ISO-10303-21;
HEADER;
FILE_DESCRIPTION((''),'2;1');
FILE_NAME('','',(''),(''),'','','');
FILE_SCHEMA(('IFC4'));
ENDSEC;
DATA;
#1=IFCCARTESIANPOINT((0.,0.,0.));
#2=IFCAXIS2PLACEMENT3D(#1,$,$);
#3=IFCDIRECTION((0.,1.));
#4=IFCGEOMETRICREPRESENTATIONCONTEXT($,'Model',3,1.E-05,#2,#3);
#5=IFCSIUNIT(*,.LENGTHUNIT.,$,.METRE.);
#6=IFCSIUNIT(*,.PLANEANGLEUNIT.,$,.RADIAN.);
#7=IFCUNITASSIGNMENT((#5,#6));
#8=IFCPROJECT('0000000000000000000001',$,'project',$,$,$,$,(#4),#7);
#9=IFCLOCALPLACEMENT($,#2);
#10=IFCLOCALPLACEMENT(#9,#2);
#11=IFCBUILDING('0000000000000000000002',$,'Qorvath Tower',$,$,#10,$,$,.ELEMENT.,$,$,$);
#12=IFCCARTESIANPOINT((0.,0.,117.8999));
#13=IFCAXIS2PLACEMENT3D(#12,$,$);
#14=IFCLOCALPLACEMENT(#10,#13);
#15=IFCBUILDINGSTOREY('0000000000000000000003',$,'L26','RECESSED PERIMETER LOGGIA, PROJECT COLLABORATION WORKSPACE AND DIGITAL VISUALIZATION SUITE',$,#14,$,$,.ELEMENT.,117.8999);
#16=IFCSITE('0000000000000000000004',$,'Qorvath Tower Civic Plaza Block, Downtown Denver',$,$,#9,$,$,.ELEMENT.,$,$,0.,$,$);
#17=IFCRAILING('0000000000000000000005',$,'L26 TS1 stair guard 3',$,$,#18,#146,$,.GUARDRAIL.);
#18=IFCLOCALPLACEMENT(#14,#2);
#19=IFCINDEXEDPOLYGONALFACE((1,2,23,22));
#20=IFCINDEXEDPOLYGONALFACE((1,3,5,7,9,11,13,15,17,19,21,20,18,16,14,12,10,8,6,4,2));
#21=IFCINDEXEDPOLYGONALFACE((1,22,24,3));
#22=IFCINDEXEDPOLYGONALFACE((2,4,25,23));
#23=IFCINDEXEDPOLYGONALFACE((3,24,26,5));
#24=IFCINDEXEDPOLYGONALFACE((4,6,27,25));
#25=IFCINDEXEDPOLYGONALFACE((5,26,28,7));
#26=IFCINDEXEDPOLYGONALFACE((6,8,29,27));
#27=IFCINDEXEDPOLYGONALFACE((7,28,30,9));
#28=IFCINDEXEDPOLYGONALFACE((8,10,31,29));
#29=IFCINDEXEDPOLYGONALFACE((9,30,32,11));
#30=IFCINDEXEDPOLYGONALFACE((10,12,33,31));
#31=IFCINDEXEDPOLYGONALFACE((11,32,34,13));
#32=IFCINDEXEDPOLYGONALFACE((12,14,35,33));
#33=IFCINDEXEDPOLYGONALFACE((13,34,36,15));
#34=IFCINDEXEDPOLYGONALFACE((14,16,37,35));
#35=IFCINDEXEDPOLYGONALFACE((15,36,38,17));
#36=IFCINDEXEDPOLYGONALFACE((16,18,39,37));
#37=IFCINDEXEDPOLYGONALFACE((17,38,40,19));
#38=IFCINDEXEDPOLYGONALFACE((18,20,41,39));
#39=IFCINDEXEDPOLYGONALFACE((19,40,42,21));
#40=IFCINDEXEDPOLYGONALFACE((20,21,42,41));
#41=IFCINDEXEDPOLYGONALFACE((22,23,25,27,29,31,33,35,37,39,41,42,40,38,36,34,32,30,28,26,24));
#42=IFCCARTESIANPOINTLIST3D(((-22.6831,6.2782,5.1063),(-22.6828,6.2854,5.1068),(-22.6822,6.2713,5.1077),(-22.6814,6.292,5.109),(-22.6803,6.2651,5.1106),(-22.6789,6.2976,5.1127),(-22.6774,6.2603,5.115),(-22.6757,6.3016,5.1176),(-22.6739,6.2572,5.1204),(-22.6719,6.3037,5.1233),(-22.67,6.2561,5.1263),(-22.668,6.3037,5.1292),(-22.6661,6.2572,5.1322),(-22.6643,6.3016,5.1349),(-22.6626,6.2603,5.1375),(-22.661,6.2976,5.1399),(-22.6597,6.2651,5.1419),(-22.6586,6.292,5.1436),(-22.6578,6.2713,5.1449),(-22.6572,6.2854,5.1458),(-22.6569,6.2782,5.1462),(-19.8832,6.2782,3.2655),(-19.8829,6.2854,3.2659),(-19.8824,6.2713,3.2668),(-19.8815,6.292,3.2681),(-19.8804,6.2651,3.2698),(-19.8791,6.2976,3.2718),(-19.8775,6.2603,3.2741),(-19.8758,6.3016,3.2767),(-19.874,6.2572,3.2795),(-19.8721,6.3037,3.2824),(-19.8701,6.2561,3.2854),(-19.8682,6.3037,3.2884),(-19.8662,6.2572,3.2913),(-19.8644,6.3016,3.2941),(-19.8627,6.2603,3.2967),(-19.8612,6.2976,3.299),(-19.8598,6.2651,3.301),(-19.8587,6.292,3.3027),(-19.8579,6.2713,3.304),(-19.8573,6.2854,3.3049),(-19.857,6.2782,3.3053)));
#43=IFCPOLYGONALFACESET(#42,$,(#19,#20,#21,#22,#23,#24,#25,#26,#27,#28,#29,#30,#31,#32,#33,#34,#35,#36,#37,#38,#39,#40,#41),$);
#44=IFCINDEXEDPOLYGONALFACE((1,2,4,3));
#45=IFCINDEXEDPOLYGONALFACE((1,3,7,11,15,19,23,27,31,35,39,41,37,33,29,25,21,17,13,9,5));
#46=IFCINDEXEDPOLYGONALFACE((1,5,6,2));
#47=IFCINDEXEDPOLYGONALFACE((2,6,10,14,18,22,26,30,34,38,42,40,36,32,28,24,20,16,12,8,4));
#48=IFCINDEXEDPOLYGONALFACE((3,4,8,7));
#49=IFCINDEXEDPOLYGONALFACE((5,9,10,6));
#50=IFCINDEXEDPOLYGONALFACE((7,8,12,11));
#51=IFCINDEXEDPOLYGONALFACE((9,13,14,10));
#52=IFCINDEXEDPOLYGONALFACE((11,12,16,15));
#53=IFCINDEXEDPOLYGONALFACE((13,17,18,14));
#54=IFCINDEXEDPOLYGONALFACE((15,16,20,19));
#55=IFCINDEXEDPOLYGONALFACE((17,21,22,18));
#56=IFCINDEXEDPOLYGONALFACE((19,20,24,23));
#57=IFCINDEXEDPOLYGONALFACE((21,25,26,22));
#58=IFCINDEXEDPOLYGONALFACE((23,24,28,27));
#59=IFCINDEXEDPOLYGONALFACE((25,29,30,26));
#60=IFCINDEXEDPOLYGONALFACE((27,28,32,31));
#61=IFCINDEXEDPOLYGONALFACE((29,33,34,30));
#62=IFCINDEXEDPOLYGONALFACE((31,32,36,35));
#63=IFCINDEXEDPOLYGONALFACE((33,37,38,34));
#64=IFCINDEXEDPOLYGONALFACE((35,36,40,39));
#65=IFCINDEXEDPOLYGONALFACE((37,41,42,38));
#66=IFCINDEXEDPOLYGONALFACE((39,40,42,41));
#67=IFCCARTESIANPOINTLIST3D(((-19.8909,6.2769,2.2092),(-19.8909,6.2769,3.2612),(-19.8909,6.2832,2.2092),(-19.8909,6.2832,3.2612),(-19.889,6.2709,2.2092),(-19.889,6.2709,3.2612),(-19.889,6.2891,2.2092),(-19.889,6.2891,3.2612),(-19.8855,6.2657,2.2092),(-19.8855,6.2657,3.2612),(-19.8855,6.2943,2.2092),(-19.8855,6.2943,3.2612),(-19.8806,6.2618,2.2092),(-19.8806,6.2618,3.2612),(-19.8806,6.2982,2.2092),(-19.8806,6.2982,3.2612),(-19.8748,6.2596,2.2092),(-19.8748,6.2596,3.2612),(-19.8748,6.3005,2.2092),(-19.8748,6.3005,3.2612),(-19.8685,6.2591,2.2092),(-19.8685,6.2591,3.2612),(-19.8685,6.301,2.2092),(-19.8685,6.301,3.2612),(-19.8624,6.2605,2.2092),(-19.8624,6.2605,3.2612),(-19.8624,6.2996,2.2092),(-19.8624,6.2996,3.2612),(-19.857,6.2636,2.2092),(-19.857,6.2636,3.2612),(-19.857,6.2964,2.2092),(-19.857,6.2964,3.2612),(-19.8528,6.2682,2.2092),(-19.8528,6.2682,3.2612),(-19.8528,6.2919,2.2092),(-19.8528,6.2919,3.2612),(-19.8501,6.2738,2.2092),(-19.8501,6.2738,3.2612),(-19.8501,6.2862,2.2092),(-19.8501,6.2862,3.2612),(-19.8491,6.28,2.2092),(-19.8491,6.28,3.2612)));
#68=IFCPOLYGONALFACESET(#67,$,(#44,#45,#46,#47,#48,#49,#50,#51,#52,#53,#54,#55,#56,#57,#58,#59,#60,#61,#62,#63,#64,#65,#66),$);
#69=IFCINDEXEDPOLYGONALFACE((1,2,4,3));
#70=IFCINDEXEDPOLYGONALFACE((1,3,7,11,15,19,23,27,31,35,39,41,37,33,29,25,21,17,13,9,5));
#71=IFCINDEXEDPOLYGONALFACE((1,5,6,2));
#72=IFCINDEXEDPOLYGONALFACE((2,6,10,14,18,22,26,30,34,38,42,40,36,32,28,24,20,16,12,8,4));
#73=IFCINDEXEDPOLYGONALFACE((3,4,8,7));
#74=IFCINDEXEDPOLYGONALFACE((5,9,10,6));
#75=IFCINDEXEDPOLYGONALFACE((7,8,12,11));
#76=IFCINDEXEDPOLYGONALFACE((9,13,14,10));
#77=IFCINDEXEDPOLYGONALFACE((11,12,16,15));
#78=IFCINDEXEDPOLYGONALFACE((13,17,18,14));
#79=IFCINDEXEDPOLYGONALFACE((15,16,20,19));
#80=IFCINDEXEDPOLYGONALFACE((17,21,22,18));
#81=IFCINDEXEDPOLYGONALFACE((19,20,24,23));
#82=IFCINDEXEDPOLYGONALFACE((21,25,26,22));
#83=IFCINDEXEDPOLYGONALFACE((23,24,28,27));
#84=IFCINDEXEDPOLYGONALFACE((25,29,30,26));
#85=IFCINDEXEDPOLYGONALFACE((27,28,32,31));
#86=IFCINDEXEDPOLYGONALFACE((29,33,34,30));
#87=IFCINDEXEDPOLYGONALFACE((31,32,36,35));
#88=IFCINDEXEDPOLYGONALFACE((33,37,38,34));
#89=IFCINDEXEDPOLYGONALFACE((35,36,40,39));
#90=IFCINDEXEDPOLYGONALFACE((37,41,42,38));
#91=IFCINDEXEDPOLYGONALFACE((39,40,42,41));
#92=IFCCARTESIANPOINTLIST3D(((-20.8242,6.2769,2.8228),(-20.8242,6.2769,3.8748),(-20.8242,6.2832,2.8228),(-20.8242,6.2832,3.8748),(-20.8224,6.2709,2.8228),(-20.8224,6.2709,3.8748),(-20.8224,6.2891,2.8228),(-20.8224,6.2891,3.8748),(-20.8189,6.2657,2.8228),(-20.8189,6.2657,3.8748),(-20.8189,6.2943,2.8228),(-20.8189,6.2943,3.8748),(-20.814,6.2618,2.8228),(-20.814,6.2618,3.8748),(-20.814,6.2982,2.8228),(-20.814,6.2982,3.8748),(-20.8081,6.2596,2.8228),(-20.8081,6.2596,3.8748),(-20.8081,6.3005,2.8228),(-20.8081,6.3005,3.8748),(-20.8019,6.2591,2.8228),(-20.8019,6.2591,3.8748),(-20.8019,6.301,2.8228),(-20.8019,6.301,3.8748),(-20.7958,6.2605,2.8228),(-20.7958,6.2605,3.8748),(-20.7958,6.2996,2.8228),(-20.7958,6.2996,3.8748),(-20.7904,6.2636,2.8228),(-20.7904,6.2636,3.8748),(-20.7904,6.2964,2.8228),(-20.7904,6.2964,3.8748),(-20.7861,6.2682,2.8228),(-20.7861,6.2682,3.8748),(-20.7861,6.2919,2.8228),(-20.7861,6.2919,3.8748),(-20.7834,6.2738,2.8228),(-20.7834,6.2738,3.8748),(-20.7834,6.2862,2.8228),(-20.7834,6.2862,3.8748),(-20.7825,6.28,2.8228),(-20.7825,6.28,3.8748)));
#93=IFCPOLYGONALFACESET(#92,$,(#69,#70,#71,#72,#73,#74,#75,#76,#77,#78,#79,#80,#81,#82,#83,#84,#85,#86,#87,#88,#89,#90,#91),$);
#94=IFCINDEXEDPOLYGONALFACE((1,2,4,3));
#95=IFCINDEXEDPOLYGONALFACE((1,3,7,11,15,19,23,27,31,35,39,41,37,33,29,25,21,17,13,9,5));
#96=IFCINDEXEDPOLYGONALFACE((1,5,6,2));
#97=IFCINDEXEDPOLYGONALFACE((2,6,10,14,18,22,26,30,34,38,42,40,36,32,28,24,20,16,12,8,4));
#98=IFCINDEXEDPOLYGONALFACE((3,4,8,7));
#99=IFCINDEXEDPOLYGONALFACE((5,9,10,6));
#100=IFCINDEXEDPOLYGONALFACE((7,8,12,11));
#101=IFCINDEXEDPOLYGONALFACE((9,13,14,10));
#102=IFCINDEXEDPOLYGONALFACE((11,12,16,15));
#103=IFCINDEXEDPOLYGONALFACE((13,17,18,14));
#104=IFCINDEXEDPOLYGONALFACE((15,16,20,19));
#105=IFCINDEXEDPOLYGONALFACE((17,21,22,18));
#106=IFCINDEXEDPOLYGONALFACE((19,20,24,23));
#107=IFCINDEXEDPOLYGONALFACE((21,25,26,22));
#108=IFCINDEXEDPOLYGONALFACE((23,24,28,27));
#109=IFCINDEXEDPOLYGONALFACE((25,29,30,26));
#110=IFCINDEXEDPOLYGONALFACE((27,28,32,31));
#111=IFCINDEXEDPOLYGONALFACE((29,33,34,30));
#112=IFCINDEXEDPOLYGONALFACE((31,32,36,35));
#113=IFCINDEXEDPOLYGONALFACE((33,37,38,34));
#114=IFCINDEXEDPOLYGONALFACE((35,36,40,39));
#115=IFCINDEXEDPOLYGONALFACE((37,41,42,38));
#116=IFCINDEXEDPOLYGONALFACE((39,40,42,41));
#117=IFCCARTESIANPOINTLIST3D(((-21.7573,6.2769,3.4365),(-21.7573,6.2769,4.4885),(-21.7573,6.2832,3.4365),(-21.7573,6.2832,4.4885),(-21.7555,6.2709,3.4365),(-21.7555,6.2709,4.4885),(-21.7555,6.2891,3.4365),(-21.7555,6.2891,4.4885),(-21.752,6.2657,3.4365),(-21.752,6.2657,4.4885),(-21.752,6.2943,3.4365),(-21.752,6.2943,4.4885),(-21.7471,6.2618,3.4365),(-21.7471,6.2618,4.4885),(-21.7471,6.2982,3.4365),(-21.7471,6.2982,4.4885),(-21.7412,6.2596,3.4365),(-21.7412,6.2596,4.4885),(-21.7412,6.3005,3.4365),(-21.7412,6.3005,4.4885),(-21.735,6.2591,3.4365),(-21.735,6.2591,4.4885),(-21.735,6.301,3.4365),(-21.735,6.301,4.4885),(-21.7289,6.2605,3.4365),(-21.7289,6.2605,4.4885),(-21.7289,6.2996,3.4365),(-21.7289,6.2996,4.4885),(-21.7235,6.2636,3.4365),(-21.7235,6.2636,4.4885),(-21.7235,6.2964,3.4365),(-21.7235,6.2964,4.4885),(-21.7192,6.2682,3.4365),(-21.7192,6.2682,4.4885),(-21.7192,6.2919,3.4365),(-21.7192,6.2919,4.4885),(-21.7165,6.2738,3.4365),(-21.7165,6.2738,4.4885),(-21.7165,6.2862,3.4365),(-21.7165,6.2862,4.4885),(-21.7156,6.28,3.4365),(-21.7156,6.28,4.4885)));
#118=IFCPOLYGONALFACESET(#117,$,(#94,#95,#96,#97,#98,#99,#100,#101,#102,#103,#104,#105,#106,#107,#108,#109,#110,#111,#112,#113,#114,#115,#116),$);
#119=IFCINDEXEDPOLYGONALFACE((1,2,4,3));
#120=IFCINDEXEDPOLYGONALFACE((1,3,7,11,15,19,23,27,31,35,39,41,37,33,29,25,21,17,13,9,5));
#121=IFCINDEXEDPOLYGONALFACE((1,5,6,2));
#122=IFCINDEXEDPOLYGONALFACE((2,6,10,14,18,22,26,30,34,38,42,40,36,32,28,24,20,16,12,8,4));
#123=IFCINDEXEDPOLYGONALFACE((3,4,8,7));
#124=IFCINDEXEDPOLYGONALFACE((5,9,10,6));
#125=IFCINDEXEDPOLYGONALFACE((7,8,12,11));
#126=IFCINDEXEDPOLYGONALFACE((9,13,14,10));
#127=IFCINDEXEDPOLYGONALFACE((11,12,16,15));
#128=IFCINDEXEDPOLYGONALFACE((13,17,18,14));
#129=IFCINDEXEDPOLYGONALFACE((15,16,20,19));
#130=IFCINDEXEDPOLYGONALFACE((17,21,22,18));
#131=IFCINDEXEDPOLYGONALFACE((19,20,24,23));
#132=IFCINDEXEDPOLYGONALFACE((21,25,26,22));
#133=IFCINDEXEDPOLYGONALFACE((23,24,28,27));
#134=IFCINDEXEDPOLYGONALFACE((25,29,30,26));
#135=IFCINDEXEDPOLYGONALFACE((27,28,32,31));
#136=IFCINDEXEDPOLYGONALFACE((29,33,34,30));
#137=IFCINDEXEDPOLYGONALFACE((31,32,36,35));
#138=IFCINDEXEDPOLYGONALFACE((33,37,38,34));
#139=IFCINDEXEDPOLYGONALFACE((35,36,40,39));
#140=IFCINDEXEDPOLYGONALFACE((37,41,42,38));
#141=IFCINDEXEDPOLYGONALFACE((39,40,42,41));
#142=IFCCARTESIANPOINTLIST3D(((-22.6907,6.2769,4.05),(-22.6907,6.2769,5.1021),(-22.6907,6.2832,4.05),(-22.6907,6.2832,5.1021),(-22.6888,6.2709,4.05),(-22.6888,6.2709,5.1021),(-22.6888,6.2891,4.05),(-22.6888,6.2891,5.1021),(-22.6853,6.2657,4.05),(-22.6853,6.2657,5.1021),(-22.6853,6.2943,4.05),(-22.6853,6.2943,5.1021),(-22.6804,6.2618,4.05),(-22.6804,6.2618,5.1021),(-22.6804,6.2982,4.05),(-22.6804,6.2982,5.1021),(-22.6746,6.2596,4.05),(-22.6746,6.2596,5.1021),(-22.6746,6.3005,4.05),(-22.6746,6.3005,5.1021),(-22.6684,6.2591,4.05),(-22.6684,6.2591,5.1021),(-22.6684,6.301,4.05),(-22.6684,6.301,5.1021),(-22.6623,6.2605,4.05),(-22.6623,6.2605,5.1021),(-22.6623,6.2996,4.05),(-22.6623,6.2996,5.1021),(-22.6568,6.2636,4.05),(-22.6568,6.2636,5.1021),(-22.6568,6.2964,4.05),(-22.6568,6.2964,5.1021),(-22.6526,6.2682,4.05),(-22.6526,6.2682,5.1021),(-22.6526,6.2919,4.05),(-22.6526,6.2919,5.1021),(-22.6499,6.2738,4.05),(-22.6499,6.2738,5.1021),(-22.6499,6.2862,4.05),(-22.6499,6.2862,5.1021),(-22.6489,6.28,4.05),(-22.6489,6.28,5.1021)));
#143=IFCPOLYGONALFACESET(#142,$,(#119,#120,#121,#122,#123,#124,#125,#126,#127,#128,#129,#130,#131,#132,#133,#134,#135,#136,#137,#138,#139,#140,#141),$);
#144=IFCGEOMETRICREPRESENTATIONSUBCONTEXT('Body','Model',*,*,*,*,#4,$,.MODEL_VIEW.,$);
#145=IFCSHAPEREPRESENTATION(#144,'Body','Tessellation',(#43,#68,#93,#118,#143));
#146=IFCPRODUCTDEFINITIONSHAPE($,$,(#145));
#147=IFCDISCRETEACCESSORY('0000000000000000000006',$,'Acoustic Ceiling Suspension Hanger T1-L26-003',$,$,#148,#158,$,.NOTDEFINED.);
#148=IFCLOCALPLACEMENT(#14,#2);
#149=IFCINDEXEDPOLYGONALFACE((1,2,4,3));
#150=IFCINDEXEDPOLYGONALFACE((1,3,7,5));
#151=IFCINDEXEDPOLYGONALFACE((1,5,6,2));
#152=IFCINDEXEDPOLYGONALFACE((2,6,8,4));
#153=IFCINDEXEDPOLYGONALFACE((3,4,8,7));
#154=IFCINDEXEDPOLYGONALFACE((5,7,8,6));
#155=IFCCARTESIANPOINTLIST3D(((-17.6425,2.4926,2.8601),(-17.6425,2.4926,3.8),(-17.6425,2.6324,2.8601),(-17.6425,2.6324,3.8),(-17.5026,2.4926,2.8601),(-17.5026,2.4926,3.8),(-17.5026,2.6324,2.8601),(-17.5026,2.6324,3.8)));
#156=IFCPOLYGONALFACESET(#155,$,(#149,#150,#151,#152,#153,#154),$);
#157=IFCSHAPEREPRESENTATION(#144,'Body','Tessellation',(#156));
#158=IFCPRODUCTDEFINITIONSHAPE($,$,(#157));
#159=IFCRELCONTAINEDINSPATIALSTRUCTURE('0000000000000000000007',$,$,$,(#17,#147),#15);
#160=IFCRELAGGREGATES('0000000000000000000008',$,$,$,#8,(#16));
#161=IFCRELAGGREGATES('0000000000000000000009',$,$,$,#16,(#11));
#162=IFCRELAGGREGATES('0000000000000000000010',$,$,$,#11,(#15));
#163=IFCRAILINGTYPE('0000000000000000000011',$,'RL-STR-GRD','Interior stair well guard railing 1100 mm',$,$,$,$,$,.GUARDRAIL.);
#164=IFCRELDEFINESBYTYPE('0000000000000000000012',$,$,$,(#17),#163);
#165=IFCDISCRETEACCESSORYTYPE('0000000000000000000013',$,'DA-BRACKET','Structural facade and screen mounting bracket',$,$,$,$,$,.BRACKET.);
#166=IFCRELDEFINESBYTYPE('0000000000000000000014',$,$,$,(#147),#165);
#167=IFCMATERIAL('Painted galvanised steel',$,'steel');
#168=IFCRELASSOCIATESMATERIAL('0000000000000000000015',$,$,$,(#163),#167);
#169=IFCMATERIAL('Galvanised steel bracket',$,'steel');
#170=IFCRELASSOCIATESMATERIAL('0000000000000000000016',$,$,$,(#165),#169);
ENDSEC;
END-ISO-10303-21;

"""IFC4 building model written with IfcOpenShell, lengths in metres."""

from ifc_helpers import new_model, si_unit, direction, frame, origin, origin_2d, place, context, subcontext, project, spatial, rectangle, circle, extrude, material, type_object, element, save


model = new_model("IFC4")

# Units and contexts
model_context = context("Model", 3, precision=1e-05, world=origin(), true_north=direction((0.0, 1.0)))
body_context = subcontext(model_context, "Body", "Model", "MODEL_VIEW")
ifc_project = project(units=[si_unit("LENGTHUNIT", "METRE"), si_unit("PLANEANGLEUNIT", "RADIAN")], contexts=[model_context])

# Site, building, storey
site_placement = place(None, origin())
site = spatial("IfcSite", under=ifc_project, at=site_placement, Name="Qorvath Tower Civic Plaza Block, Downtown Denver", CompositionType="ELEMENT", RefElevation=0.0)
building_placement = place(site_placement, origin())
building = spatial("IfcBuilding", under=site, at=building_placement, Name="Qorvath Tower", CompositionType="ELEMENT")
storey_placement = place(building_placement, frame((0.0, 0.0, 117.8999)))
storey = spatial("IfcBuildingStorey", under=building, at=storey_placement, Name="L26", Description="RECESSED PERIMETER LOGGIA, PROJECT COLLABORATION WORKSPACE AND DIGITAL VISUALIZATION SUITE", CompositionType="ELEMENT", Elevation=117.8999)

# Railing
ifc_material_1 = material(Name="Painted galvanised steel", Category="steel")
railing_type = type_object("IfcRailingType", Name="RL-STR-GRD", Description="Interior stair well guard railing 1100 mm", PredefinedType="GUARDRAIL", material=ifc_material_1)
railing_1_placement = place(storey_placement, frame((-19.8701, 6.28, 2.2092)))
element("IfcRailing", 1, at=railing_1_placement, inside=storey, type_object=railing_type, Name="L26 TS1 stair guard 3", PredefinedType="GUARDRAIL", context=body_context, shape_type="SweptSolid", body=[
    extrude(circle(Radius=0.0239, at=origin_2d()), frame((0.0, 0.0, 1.0762), z_axis=(-0.835576, 0.0, 0.549376), x_axis=(0.0, -1.0, 0.0)), (0.0, 0.0, 1.0), 3.3508),
    extrude(circle(Radius=0.021, at=origin_2d()), origin(), (0.0, 0.0, 1.0), 1.052),
    extrude(circle(Radius=0.021, at=origin_2d()), frame((-0.9333, 0.0, 0.6135)), (0.0, 0.0, 1.0), 1.052),
    extrude(circle(Radius=0.021, at=origin_2d()), frame((-1.8665, 0.0, 1.2273)), (0.0, 0.0, 1.0), 1.052),
    extrude(circle(Radius=0.021, at=origin_2d()), frame((-2.7998, 0.0, 1.8408)), (0.0, 0.0, 1.0), 1.052),
])

# Discrete accessory
ifc_material_2 = material(Name="Galvanised steel bracket", Category="steel")
discrete_accessory_type = type_object("IfcDiscreteAccessoryType", Name="DA-BRACKET", Description="Structural facade and screen mounting bracket", PredefinedType="BRACKET", material=ifc_material_2)
discrete_accessory_placement = place(storey_placement, frame((-17.5725, 2.5625, 2.8601), z_axis=(0.0, 0.0, 1.0), x_axis=(1.0, 0.0, 0.0)))
element("IfcDiscreteAccessory", 2, at=discrete_accessory_placement, inside=storey, type_object=discrete_accessory_type, Name="Acoustic Ceiling Suspension Hanger T1-L26-003", PredefinedType="NOTDEFINED", context=body_context, shape_type="SweptSolid", body=[
    extrude(rectangle(XDim=0.1399, YDim=0.1399, at=origin_2d()), origin(), (0.0, 0.0, 1.0), 0.9399),
])

save(model, "model.ifc")
